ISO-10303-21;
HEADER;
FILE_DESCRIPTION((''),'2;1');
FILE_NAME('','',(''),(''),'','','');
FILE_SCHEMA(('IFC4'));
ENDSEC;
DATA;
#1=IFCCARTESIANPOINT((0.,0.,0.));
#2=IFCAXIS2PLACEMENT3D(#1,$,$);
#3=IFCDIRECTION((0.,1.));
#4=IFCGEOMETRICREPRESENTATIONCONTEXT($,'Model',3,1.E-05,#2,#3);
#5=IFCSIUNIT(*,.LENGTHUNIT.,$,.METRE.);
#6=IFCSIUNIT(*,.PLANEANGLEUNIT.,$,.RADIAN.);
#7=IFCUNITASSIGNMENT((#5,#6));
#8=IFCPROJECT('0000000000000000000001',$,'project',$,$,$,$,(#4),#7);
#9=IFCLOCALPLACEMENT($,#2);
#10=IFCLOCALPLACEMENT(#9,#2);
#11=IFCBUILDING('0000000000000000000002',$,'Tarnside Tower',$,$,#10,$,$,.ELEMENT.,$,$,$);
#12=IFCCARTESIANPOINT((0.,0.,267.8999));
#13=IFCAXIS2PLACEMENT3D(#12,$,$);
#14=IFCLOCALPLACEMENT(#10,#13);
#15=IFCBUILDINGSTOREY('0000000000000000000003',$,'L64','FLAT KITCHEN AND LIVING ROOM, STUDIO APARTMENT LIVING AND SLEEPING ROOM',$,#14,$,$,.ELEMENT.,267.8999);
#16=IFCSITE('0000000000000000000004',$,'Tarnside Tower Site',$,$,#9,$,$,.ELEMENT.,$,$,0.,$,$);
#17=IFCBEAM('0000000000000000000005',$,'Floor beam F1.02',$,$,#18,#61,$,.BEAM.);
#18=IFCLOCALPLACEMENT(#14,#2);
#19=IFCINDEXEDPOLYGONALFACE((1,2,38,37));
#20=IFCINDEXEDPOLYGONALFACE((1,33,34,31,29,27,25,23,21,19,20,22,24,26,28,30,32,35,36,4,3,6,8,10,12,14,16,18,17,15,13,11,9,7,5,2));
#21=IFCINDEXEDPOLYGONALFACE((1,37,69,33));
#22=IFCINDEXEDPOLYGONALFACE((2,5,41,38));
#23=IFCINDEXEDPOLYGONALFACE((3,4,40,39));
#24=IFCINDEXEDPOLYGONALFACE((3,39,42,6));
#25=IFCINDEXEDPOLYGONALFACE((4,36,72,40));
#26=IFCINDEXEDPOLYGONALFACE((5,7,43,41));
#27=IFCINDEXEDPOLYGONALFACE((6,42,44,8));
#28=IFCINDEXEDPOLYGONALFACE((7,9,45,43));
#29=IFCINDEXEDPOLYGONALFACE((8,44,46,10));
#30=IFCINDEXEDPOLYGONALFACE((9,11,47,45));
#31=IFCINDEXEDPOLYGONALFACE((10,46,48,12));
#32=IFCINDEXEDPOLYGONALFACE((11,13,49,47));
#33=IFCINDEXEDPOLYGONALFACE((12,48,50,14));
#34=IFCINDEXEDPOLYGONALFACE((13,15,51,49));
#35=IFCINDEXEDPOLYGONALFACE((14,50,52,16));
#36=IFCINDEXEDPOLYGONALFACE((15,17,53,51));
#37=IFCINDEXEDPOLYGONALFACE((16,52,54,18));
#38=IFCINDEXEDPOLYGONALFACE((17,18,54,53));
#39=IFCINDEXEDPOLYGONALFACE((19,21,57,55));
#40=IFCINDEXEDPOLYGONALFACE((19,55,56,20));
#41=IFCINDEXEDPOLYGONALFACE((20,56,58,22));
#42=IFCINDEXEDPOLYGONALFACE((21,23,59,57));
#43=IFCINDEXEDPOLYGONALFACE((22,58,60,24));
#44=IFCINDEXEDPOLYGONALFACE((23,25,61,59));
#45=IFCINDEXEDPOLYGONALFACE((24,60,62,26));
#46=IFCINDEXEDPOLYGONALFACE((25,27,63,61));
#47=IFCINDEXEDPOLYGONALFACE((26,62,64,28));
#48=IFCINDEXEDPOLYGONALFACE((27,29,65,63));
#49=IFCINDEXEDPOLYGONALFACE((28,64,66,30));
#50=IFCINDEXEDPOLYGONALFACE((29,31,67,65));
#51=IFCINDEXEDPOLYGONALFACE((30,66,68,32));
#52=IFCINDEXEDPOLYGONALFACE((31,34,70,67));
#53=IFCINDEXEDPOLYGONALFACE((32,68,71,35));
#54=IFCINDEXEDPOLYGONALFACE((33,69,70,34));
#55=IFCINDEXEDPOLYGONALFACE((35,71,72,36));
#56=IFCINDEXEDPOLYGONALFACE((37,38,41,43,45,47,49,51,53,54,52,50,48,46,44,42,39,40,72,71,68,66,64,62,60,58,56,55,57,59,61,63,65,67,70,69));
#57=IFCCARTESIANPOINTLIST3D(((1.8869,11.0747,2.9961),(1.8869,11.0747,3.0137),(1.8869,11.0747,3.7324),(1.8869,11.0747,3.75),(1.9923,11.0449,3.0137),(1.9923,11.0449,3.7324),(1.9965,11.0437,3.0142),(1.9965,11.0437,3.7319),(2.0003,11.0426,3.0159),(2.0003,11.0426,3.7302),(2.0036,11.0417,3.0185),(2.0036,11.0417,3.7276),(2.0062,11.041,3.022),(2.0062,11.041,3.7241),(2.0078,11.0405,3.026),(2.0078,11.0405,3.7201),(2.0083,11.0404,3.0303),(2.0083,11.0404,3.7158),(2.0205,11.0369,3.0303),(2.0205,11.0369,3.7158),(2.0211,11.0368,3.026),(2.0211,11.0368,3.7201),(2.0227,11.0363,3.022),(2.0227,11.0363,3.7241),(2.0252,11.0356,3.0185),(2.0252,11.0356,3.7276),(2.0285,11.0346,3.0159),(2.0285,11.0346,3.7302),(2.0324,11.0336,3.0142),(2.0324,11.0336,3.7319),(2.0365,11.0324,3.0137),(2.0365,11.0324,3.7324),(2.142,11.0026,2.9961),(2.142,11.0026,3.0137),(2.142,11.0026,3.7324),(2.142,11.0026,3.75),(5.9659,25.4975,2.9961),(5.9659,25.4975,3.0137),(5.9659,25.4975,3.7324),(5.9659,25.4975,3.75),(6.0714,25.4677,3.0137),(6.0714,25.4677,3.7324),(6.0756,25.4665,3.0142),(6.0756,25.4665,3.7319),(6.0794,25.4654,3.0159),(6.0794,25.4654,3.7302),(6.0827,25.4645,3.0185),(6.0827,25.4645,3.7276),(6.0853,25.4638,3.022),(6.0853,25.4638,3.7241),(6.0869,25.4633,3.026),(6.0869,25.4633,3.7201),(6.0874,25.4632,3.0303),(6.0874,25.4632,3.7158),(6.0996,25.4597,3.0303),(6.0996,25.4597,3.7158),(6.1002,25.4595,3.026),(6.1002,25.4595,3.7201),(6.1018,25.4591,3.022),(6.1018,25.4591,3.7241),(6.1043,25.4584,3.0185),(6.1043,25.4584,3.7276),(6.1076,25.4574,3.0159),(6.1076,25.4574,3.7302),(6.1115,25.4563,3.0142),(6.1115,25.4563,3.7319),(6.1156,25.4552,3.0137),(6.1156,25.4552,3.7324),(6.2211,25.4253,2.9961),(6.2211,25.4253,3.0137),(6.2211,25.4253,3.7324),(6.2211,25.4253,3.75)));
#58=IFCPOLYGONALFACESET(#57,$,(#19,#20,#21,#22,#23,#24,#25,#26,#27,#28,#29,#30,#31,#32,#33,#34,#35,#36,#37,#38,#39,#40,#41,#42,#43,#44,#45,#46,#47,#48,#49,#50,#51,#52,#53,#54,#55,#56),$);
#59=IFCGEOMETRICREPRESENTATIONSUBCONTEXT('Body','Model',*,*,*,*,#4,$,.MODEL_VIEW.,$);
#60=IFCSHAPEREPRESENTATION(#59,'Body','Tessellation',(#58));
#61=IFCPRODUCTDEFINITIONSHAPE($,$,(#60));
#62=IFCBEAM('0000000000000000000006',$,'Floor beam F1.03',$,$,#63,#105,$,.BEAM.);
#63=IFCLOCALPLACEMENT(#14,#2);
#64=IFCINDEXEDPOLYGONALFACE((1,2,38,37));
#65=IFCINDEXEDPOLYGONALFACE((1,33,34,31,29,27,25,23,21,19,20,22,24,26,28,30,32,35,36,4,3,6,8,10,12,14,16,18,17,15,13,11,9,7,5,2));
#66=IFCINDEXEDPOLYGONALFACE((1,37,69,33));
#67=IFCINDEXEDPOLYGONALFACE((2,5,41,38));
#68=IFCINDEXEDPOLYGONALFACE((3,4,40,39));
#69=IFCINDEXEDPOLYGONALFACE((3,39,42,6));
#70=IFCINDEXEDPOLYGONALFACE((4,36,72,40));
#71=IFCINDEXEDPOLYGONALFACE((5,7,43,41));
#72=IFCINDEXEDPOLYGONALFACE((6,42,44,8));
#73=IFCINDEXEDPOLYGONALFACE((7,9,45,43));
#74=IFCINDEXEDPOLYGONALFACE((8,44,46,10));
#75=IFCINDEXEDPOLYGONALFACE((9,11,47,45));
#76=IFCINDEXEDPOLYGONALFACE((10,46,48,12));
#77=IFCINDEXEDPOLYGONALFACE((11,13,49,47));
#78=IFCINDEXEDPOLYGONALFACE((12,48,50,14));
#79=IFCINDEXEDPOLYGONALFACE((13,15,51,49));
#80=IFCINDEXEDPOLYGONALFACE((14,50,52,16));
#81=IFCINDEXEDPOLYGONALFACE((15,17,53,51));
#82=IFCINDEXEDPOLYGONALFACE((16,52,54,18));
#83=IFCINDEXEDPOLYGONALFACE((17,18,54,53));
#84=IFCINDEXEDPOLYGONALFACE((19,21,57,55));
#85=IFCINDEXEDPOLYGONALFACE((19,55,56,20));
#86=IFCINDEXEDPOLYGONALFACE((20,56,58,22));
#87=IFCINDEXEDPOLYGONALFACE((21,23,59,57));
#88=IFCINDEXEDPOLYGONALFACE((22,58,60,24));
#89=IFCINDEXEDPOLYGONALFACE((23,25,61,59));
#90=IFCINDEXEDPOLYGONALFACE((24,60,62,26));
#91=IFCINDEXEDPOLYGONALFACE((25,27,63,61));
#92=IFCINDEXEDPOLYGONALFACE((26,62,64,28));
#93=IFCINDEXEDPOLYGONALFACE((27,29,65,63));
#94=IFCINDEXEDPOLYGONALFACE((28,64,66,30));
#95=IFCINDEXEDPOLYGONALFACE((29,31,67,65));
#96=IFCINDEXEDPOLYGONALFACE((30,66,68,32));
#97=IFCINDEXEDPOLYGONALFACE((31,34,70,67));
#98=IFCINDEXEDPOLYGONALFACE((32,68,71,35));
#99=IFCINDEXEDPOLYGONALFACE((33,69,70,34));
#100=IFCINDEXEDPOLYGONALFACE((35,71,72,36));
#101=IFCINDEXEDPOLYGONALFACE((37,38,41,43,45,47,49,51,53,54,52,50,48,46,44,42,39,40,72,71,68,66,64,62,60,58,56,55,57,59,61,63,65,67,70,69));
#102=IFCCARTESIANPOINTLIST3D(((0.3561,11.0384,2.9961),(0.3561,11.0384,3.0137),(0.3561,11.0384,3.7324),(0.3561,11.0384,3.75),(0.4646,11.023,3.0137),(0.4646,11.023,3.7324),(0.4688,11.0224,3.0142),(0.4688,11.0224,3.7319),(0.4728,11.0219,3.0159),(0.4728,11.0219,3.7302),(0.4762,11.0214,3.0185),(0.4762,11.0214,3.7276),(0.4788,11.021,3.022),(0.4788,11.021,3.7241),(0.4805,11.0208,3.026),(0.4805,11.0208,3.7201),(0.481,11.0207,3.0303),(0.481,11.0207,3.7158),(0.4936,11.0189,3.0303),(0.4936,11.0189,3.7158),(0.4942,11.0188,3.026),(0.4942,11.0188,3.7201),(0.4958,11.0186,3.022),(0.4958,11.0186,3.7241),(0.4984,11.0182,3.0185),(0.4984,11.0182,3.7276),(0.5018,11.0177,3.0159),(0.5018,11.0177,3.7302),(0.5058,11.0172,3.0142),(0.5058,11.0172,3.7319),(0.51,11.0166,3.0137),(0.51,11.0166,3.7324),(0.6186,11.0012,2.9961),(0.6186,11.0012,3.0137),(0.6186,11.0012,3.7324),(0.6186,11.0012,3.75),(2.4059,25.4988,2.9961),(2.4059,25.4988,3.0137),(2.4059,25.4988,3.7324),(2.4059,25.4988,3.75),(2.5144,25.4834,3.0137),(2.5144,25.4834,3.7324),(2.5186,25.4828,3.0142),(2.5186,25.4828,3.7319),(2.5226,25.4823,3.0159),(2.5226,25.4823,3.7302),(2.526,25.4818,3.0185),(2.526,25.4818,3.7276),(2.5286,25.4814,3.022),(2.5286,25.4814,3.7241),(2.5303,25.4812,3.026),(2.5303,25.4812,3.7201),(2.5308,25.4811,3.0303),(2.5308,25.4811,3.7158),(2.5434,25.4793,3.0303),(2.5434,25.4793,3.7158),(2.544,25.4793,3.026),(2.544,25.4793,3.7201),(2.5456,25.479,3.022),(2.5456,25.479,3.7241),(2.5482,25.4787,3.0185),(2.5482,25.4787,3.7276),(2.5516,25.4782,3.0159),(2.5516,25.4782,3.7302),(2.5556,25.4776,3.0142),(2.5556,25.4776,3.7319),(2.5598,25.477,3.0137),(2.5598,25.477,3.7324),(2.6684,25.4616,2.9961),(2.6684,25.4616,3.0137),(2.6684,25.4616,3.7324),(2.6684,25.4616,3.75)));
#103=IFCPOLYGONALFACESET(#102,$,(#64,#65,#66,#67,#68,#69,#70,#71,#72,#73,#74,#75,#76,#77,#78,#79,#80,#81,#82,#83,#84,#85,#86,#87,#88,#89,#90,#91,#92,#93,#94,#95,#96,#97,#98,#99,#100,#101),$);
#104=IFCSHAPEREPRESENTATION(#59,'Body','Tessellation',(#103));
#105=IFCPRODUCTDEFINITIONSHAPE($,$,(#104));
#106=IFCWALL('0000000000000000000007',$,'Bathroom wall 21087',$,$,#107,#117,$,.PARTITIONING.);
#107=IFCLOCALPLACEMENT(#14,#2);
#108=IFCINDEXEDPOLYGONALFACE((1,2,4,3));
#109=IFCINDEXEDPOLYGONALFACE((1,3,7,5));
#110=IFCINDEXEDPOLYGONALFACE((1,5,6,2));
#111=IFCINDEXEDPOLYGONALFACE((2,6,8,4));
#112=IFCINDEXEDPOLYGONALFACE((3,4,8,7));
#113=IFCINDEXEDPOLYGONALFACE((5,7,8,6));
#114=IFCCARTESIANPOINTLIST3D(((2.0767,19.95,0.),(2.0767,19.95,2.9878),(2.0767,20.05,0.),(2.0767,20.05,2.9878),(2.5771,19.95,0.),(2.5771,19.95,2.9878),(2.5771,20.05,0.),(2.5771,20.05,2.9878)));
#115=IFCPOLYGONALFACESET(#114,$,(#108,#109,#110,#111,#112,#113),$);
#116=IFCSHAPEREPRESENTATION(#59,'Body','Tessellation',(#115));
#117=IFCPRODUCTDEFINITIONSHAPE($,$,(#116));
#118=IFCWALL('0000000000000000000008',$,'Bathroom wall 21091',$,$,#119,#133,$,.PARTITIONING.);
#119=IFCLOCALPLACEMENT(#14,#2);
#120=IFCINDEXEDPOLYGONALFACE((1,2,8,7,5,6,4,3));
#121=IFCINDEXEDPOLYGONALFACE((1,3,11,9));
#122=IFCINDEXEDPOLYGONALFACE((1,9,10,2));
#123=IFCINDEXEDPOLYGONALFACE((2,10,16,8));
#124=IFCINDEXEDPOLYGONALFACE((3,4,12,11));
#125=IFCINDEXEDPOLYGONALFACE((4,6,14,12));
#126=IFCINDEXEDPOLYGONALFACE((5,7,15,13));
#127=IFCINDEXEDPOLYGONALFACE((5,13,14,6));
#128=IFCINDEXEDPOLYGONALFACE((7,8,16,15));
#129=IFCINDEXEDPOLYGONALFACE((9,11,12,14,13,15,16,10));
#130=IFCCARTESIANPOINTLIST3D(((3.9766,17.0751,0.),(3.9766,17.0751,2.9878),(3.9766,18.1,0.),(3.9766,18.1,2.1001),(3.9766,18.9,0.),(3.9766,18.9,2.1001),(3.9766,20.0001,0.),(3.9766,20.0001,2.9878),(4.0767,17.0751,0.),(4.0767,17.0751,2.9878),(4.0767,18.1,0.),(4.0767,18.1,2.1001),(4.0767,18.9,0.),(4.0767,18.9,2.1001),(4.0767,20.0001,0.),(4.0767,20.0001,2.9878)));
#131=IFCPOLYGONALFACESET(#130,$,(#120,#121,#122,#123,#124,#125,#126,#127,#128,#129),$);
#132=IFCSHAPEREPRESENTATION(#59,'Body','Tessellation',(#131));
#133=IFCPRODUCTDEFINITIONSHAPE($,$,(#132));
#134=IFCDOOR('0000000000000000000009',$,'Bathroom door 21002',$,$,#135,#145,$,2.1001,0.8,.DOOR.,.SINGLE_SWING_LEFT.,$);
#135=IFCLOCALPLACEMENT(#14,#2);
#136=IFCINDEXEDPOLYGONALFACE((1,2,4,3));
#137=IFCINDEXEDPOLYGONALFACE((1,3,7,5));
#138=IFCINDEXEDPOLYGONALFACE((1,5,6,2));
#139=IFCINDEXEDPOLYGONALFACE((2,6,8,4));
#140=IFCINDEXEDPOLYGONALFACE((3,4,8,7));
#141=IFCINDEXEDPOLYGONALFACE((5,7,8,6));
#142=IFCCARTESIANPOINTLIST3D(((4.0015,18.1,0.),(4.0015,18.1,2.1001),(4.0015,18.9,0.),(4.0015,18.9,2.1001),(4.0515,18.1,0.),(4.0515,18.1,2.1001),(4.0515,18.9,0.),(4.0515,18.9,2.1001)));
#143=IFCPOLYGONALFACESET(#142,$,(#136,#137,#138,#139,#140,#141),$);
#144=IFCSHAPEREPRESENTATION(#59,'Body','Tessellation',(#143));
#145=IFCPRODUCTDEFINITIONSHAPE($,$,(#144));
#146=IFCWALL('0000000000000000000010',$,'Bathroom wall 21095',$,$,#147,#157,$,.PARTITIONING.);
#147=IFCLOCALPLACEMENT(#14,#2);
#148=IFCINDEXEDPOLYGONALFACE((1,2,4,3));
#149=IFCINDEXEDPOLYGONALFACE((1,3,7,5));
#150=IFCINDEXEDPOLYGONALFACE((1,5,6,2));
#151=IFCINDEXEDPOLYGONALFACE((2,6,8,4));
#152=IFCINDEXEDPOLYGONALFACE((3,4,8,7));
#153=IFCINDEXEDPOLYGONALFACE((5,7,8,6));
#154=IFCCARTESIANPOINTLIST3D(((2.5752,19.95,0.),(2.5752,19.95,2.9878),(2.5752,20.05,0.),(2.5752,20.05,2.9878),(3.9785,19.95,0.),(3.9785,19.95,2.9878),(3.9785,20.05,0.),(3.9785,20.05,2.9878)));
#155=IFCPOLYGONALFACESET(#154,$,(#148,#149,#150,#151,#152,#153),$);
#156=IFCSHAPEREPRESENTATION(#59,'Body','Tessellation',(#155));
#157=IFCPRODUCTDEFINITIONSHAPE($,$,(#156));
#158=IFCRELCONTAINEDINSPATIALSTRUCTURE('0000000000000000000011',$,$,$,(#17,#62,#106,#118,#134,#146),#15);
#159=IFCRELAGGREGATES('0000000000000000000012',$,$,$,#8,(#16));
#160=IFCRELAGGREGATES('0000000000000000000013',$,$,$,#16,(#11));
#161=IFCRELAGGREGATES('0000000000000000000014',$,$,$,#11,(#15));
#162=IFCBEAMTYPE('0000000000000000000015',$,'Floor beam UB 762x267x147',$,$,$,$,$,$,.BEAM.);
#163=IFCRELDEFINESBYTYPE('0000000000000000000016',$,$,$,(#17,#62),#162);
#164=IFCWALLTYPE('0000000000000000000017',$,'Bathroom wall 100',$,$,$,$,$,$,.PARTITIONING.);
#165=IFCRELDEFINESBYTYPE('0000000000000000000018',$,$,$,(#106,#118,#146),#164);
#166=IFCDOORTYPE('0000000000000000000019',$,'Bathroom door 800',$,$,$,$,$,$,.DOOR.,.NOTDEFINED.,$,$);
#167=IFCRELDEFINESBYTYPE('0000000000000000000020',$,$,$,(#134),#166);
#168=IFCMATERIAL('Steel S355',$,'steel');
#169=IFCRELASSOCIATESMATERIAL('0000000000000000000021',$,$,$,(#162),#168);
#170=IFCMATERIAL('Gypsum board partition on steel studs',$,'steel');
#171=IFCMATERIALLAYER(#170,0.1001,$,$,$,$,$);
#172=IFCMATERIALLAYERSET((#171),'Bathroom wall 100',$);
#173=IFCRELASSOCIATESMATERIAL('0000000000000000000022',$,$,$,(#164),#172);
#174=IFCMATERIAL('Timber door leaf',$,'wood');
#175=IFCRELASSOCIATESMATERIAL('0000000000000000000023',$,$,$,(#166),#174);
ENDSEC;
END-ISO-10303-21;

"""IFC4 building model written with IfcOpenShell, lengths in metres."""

from ifc_helpers import new_model, si_unit, direction, frame, frame_2d, origin, origin_2d, place, context, subcontext, project, spatial, rectangle, i_section, extrude, material, layer, layer_set, material_profile, profile_set, type_object, element, fill, save


model = new_model("IFC4")

# Units and contexts
model_context = context("Model", 3, precision=1e-05, world=origin(), true_north=direction((0.0, 1.0)))
body_context = subcontext(model_context, "Body", "Model", "MODEL_VIEW")
ifc_project = project(units=[si_unit("LENGTHUNIT", "METRE"), si_unit("PLANEANGLEUNIT", "RADIAN")], contexts=[model_context])

# Site, building, storey
site_placement = place(None, origin())
site = spatial("IfcSite", under=ifc_project, at=site_placement, Name="Tarnside Tower Site", CompositionType="ELEMENT", RefElevation=0.0)
building_placement = place(site_placement, origin())
building = spatial("IfcBuilding", under=site, at=building_placement, Name="Tarnside Tower", CompositionType="ELEMENT")
storey_placement = place(building_placement, frame((0.0, 0.0, 267.8999)))
storey = spatial("IfcBuildingStorey", under=building, at=storey_placement, Name="L64", Description="FLAT KITCHEN AND LIVING ROOM, STUDIO APARTMENT LIVING AND SLEEPING ROOM", CompositionType="ELEMENT", Elevation=267.8999)

# Beams
ifc_material_1 = material(Name="Steel S355", Category="steel")
ifc_material_profile = material_profile(ifc_material_1, i_section(OverallWidth=0.2651, OverallDepth=0.7539, WebThickness=0.0127, FlangeThickness=0.0176, FilletRadius=0.0166, at=origin_2d()), Name="UB 762x267x147")
ifc_profile_set = profile_set([ifc_material_profile], Name="Steel S355")
beam_type = type_object("IfcBeamType", Name="Floor beam UB 762x267x147", PredefinedType="BEAM", material=ifc_profile_set)
beam_1_placement = place(storey_placement, frame((6.0935, 25.4614, 3.373), z_axis=(-0.272147, -0.962256, 0.0), x_axis=(0.962256, -0.272147, 0.0)))
element("IfcBeam", 1, at=beam_1_placement, inside=storey, type_object=beam_type, Name="Floor beam F1.02", PredefinedType="BEAM", context=body_context, shape_type="SweptSolid", body=[
    extrude(i_section(OverallWidth=0.2651, OverallDepth=0.7539, WebThickness=0.0127, FlangeThickness=0.0176, FilletRadius=0.0166, at=origin_2d()), origin(), (0.0, 0.0, 1.0), 14.9885),
])
beam_2_placement = place(storey_placement, frame((2.5371, 25.4802, 3.373), z_axis=(-0.140349, -0.990102, 0.0), x_axis=(0.990102, -0.140349, 0.0)))
element("IfcBeam", 2, at=beam_2_placement, inside=storey, type_object=beam_type, Name="Floor beam F1.03", PredefinedType="BEAM", context=body_context, shape_type="SweptSolid", body=[
    extrude(i_section(OverallWidth=0.2651, OverallDepth=0.7539, WebThickness=0.0127, FlangeThickness=0.0176, FilletRadius=0.0166, at=origin_2d()), origin(), (0.0, 0.0, 1.0), 14.605),
])

# Wall
ifc_material_2 = material(Name="Gypsum board partition on steel studs", Category="steel")
ifc_layer_1 = layer(ifc_material_2, 0.1001)
ifc_layer_set_1 = layer_set([ifc_layer_1], Name="Bathroom wall 100")
wall_type_1 = type_object("IfcWallType", Name="Bathroom wall 100", PredefinedType="PARTITIONING", material=ifc_layer_set_1)
wall_1_placement = place(storey_placement, frame((2.0767, 20.0, 0.0), z_axis=(0.0, 0.0, 1.0), x_axis=(1.0, 0.0, 0.0)))
element("IfcWall", 3, at=wall_1_placement, inside=storey, type_object=wall_type_1, Name="Bathroom wall 21087", PredefinedType="PARTITIONING", context=body_context, shape_type="SweptSolid", body=[
    extrude(rectangle(XDim=0.5005, YDim=0.1001, at=frame_2d((0.2502, 0.0))), origin(), (0.0, 0.0, 1.0), 2.9878),
])

# Wall, opening, door
wall_2_placement = place(storey_placement, frame((4.0266, 20.0, 0.0), z_axis=(0.0, 0.0, 1.0), x_axis=(0.0, -1.0, 0.0)))
wall_2 = element("IfcWall", 4, at=wall_2_placement, inside=storey, type_object=wall_type_1, Name="Bathroom wall 21091", PredefinedType="PARTITIONING", context=body_context, shape_type="SweptSolid", body=[
    extrude(rectangle(XDim=2.925, YDim=0.1001, at=frame_2d((1.4624, 0.0))), origin(), (0.0, 0.0, 1.0), 2.9878),
])
opening_1_placement = place(wall_2_placement, frame((1.1001, 0.0, 0.0)))
opening_1 = element("IfcOpeningElement", 5, at=opening_1_placement, cuts=wall_2, PredefinedType="OPENING", context=body_context, shape_type="SweptSolid", body=[
    extrude(rectangle(XDim=0.8, YDim=2.1001, at=frame_2d((0.3999, 1.05))), frame((0.0, 0.0601, 0.0), z_axis=(0.0, -1.0, 0.0), x_axis=(1.0, 0.0, 0.0)), (0.0, 0.0, 1.0), 0.1201),
])
ifc_material_3 = material(Name="Timber door leaf", Category="wood")
door_type_1 = type_object("IfcDoorType", Name="Bathroom door 800", OperationType="NOTDEFINED", PredefinedType="DOOR", material=ifc_material_3)
door_1_placement = place(opening_1_placement, origin())
door_1 = element("IfcDoor", 6, at=door_1_placement, inside=storey, type_object=door_type_1, Name="Bathroom door 21002", OperationType="SINGLE_SWING_LEFT", OverallHeight=2.1001, OverallWidth=0.8, PredefinedType="DOOR", context=body_context, shape_type="SweptSolid", body=[
    extrude(rectangle(XDim=0.8, YDim=2.1001, at=frame_2d((0.3999, 1.05))), frame((0.0, 0.0249, 0.0), z_axis=(0.0, -1.0, 0.0), x_axis=(1.0, 0.0, 0.0)), (0.0, 0.0, 1.0), 0.05),
])
fill(opening_1, door_1)

# Wall
wall_3_placement = place(storey_placement, frame((3.9785, 20.0, 0.0), z_axis=(0.0, 0.0, 1.0), x_axis=(-1.0, 0.0, 0.0)))
element("IfcWall", 7, at=wall_3_placement, inside=storey, type_object=wall_type_1, Name="Bathroom wall 21095", PredefinedType="PARTITIONING", context=body_context, shape_type="SweptSolid", body=[
    extrude(rectangle(XDim=1.4033, YDim=0.1001, at=frame_2d((0.7017, 0.0))), origin(), (0.0, 0.0, 1.0), 2.9878),
])

save(model, "model.ifc")
